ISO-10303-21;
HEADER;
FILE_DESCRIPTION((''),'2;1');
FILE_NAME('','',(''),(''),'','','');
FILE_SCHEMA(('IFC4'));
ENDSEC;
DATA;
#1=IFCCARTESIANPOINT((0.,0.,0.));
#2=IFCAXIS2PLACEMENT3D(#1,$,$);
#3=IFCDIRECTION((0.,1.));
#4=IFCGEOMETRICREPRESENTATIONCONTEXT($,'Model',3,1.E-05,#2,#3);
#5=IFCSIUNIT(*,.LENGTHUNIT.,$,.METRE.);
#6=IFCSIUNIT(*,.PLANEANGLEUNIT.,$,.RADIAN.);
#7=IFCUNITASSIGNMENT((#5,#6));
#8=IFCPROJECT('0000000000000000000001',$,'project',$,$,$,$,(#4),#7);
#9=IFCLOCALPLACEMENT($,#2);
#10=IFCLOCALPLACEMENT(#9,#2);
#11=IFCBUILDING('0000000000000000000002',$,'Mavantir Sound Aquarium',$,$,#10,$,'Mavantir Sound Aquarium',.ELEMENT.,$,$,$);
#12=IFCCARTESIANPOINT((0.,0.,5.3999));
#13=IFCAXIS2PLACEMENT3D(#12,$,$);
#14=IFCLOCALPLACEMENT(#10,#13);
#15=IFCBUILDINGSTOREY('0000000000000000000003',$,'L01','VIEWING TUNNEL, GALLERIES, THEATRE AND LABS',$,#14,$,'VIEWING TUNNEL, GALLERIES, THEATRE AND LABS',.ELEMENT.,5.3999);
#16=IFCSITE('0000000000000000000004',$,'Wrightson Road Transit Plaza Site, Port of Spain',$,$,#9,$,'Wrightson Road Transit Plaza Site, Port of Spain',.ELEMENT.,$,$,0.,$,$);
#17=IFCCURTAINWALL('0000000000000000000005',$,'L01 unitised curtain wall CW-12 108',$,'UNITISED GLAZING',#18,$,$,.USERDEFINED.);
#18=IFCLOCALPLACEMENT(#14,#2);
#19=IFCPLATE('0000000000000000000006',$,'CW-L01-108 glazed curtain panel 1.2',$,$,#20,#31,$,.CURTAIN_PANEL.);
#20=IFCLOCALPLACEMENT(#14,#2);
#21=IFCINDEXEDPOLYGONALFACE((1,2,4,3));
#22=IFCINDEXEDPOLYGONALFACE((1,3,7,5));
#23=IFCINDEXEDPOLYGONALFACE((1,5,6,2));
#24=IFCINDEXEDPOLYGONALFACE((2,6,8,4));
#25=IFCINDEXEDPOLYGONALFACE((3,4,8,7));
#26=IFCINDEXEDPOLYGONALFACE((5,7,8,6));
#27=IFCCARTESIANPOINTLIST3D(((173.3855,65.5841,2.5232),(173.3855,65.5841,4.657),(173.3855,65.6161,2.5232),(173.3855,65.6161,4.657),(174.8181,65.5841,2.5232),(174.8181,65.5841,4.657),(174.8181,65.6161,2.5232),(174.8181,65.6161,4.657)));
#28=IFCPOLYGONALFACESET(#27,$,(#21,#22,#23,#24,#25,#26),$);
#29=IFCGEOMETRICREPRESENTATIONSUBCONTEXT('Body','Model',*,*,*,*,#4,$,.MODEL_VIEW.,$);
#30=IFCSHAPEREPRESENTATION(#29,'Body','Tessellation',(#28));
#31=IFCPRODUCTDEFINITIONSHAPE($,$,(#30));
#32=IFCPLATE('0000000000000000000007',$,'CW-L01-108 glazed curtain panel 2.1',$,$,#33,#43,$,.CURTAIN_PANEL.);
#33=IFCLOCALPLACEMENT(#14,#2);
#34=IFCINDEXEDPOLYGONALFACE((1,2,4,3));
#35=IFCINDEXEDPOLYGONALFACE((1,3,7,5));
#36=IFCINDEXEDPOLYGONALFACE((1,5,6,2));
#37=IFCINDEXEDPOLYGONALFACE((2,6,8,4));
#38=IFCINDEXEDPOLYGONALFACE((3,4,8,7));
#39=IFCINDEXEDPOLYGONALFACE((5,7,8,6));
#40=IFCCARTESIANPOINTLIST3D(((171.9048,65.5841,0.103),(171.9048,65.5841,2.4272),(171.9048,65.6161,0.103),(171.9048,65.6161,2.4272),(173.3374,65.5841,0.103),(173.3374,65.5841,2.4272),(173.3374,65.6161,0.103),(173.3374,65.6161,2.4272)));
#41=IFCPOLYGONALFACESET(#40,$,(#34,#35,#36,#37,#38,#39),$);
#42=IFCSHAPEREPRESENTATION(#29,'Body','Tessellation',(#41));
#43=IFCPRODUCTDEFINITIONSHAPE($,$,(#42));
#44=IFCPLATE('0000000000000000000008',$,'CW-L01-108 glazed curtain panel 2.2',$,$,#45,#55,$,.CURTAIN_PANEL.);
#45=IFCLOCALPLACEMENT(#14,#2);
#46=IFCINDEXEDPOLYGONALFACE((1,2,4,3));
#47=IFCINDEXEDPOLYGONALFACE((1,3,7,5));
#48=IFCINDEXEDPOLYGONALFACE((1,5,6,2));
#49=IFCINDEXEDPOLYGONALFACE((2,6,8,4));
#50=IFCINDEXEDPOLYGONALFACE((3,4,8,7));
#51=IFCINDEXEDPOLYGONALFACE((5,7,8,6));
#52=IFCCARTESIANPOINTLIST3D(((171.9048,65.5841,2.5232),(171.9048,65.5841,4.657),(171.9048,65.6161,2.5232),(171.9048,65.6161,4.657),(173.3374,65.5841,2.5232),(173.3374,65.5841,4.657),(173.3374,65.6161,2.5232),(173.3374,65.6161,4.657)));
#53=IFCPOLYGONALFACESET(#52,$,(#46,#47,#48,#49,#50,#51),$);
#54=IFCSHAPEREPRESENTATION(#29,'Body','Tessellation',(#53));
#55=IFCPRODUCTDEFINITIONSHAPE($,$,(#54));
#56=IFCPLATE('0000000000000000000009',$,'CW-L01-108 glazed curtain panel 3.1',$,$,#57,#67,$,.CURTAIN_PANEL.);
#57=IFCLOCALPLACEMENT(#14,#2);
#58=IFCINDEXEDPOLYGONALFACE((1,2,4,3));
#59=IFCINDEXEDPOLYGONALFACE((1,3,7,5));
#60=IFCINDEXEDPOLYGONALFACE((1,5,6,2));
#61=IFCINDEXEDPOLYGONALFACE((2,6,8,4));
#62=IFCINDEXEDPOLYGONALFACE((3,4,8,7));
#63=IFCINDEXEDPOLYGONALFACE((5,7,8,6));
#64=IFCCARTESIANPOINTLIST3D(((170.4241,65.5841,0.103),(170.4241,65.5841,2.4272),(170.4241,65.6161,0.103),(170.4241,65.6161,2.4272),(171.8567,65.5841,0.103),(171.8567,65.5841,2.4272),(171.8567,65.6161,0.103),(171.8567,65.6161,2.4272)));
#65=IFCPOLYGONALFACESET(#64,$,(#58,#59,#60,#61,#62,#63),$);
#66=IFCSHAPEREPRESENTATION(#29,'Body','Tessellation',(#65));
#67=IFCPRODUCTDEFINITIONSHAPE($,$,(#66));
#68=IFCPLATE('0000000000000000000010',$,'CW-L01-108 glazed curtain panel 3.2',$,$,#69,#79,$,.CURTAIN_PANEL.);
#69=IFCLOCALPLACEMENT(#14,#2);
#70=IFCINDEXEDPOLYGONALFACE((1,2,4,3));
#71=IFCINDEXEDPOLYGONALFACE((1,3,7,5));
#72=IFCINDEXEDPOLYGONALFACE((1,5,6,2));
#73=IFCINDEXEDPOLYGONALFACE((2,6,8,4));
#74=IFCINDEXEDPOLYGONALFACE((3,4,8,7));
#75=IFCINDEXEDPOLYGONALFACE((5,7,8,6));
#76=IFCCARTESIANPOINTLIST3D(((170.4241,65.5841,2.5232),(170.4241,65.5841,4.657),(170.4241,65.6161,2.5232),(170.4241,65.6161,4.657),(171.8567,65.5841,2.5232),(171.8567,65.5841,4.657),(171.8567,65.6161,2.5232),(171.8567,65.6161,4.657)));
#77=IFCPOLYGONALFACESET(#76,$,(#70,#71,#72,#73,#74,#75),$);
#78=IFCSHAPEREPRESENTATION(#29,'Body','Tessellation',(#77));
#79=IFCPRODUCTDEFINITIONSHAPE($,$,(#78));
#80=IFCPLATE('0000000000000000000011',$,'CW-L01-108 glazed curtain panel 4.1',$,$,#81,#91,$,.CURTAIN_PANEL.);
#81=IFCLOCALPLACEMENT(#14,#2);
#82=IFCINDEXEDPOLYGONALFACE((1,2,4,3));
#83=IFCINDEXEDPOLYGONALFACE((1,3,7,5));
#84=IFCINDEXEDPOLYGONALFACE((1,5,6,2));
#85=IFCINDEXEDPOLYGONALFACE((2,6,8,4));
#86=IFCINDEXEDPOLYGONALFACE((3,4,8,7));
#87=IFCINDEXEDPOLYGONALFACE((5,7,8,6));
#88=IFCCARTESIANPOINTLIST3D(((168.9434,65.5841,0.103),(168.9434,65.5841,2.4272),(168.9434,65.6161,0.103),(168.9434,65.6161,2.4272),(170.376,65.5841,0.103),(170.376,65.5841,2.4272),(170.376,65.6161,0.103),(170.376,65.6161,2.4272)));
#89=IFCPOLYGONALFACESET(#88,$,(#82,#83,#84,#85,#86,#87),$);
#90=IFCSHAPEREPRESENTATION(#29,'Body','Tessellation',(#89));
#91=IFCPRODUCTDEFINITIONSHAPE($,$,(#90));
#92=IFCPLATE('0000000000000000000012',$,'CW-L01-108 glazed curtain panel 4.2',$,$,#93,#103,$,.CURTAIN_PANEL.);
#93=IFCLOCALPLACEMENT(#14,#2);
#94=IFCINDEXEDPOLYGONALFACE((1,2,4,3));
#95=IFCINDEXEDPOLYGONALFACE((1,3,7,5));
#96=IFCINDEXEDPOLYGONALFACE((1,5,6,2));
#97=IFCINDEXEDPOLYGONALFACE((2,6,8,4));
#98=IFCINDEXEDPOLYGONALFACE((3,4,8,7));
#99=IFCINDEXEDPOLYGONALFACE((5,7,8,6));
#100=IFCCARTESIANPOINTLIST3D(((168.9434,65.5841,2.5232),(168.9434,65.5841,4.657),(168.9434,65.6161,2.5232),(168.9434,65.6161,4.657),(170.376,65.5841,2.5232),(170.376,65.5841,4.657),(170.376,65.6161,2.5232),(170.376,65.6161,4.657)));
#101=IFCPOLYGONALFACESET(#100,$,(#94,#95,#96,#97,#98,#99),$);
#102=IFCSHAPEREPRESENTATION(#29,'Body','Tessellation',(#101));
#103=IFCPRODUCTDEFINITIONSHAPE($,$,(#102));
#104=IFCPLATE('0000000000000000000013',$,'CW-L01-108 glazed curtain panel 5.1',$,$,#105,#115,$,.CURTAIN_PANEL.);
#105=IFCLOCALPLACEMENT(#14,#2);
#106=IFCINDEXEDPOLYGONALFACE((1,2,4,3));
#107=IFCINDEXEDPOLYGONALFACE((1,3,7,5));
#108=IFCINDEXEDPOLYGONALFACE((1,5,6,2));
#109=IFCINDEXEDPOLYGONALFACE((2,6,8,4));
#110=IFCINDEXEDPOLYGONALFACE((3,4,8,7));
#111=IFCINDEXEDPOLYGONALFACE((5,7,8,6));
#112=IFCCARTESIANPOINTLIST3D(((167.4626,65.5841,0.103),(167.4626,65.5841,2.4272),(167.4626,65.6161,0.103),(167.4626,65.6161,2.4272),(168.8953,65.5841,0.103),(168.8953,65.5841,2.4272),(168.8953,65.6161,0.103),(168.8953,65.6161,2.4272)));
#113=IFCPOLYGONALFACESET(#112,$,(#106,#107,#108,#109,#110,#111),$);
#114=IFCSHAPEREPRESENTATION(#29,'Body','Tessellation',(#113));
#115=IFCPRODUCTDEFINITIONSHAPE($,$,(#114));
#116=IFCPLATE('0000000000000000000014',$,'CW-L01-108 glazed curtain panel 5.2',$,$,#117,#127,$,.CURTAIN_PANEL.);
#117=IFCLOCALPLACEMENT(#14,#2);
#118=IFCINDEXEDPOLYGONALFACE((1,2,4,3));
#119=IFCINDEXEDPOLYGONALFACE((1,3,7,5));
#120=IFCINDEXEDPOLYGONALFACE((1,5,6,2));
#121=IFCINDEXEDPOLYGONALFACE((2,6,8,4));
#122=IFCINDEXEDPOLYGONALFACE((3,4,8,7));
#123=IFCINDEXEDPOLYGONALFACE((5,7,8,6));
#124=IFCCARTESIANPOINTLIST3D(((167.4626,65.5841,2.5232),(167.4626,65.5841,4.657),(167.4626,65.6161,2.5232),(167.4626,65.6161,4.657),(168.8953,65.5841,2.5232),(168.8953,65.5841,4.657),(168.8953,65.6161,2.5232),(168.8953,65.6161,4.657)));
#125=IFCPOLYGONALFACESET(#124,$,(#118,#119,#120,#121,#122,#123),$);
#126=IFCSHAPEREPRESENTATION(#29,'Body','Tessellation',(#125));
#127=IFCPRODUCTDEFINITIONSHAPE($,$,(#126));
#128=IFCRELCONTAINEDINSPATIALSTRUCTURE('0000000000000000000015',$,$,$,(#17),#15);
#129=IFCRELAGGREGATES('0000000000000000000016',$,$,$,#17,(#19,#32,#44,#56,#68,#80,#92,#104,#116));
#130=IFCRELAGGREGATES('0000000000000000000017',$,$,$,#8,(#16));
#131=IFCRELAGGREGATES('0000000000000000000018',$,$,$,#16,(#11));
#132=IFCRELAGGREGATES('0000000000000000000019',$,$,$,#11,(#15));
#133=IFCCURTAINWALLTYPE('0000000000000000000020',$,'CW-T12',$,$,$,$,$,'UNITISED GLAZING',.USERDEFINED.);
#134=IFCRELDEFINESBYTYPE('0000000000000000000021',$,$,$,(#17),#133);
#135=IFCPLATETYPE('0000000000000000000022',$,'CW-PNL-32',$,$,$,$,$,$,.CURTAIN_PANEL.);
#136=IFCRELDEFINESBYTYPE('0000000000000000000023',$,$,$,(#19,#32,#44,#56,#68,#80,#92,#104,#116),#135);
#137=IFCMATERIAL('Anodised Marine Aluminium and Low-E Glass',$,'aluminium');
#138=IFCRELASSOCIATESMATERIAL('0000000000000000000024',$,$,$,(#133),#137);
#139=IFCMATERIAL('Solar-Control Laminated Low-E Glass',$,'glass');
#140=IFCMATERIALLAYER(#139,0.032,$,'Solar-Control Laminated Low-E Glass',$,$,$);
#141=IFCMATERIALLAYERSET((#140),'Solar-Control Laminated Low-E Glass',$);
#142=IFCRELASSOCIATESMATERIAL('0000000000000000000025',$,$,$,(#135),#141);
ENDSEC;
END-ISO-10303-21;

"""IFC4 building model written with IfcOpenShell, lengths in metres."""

from ifc_helpers import new_model, si_unit, direction, frame, origin, origin_2d, place, context, subcontext, project, spatial, rectangle, extrude, material, layer, layer_set, type_object, element, aggregate, save


model = new_model("IFC4")

# Units and contexts
model_context = context("Model", 3, precision=1e-05, world=origin(), true_north=direction((0.0, 1.0)))
body_context = subcontext(model_context, "Body", "Model", "MODEL_VIEW")
ifc_project = project(units=[si_unit("LENGTHUNIT", "METRE"), si_unit("PLANEANGLEUNIT", "RADIAN")], contexts=[model_context])

# Site, building, storey
site_placement = place(None, origin())
site = spatial("IfcSite", under=ifc_project, at=site_placement, Name="Wrightson Road Transit Plaza Site, Port of Spain", LongName="Wrightson Road Transit Plaza Site, Port of Spain", CompositionType="ELEMENT", RefElevation=0.0)
building_placement = place(site_placement, origin())
building = spatial("IfcBuilding", under=site, at=building_placement, Name="Mavantir Sound Aquarium", LongName="Mavantir Sound Aquarium", CompositionType="ELEMENT")
storey_placement = place(building_placement, frame((0.0, 0.0, 5.3999)))
storey = spatial("IfcBuildingStorey", under=building, at=storey_placement, Name="L01", Description="VIEWING TUNNEL, GALLERIES, THEATRE AND LABS", LongName="VIEWING TUNNEL, GALLERIES, THEATRE AND LABS", CompositionType="ELEMENT", Elevation=5.3999)

# Curtain wall, plates
ifc_material_1 = material(Name="Anodised Marine Aluminium and Low-E Glass", Category="aluminium")
curtain_wall_type = type_object("IfcCurtainWallType", Name="CW-T12", ElementType="UNITISED GLAZING", PredefinedType="USERDEFINED", material=ifc_material_1)
curtain_wall_placement = place(storey_placement, origin())
curtain_wall = element("IfcCurtainWall", 1, at=curtain_wall_placement, inside=storey, type_object=curtain_wall_type, Name="L01 unitised curtain wall CW-12 108", ObjectType="UNITISED GLAZING", PredefinedType="USERDEFINED")
ifc_material_2 = material(Name="Solar-Control Laminated Low-E Glass", Category="glass")
ifc_layer = layer(ifc_material_2, 0.032, Name="Solar-Control Laminated Low-E Glass")
ifc_layer_set = layer_set([ifc_layer], Name="Solar-Control Laminated Low-E Glass")
plate_type = type_object("IfcPlateType", Name="CW-PNL-32", PredefinedType="CURTAIN_PANEL", material=ifc_layer_set)
plate_1_placement = place(storey_placement, frame((174.1018, 65.6001, 2.5232), z_axis=(0.0, 0.0, 1.0), x_axis=(-1.0, 0.0, 0.0)))
plate_1 = element("IfcPlate", 2, at=plate_1_placement, type_object=plate_type, Name="CW-L01-108 glazed curtain panel 1.2", PredefinedType="CURTAIN_PANEL", context=body_context, shape_type="SweptSolid", body=[
    extrude(rectangle(XDim=1.4326, YDim=0.032, at=origin_2d()), origin(), (0.0, 0.0, 1.0), 2.1338),
])
plate_2_placement = place(storey_placement, frame((172.6211, 65.6001, 0.103), z_axis=(0.0, 0.0, 1.0), x_axis=(-1.0, 0.0, 0.0)))
plate_2 = element("IfcPlate", 3, at=plate_2_placement, type_object=plate_type, Name="CW-L01-108 glazed curtain panel 2.1", PredefinedType="CURTAIN_PANEL", context=body_context, shape_type="SweptSolid", body=[
    extrude(rectangle(XDim=1.4326, YDim=0.032, at=origin_2d()), origin(), (0.0, 0.0, 1.0), 2.3242),
])
plate_3_placement = place(storey_placement, frame((172.6211, 65.6001, 2.5232), z_axis=(0.0, 0.0, 1.0), x_axis=(-1.0, 0.0, 0.0)))
plate_3 = element("IfcPlate", 4, at=plate_3_placement, type_object=plate_type, Name="CW-L01-108 glazed curtain panel 2.2", PredefinedType="CURTAIN_PANEL", context=body_context, shape_type="SweptSolid", body=[
    extrude(rectangle(XDim=1.4326, YDim=0.032, at=origin_2d()), origin(), (0.0, 0.0, 1.0), 2.1338),
])
plate_4_placement = place(storey_placement, frame((171.1404, 65.6001, 0.103), z_axis=(0.0, 0.0, 1.0), x_axis=(-1.0, 0.0, 0.0)))
plate_4 = element("IfcPlate", 5, at=plate_4_placement, type_object=plate_type, Name="CW-L01-108 glazed curtain panel 3.1", PredefinedType="CURTAIN_PANEL", context=body_context, shape_type="SweptSolid", body=[
    extrude(rectangle(XDim=1.4326, YDim=0.032, at=origin_2d()), origin(), (0.0, 0.0, 1.0), 2.3242),
])
plate_5_placement = place(storey_placement, frame((171.1404, 65.6001, 2.5232), z_axis=(0.0, 0.0, 1.0), x_axis=(-1.0, 0.0, 0.0)))
plate_5 = element("IfcPlate", 6, at=plate_5_placement, type_object=plate_type, Name="CW-L01-108 glazed curtain panel 3.2", PredefinedType="CURTAIN_PANEL", context=body_context, shape_type="SweptSolid", body=[
    extrude(rectangle(XDim=1.4326, YDim=0.032, at=origin_2d()), origin(), (0.0, 0.0, 1.0), 2.1338),
])
plate_6_placement = place(storey_placement, frame((169.6597, 65.6001, 0.103), z_axis=(0.0, 0.0, 1.0), x_axis=(-1.0, 0.0, 0.0)))
plate_6 = element("IfcPlate", 7, at=plate_6_placement, type_object=plate_type, Name="CW-L01-108 glazed curtain panel 4.1", PredefinedType="CURTAIN_PANEL", context=body_context, shape_type="SweptSolid", body=[
    extrude(rectangle(XDim=1.4326, YDim=0.032, at=origin_2d()), origin(), (0.0, 0.0, 1.0), 2.3242),
])
plate_7_placement = place(storey_placement, frame((169.6597, 65.6001, 2.5232), z_axis=(0.0, 0.0, 1.0), x_axis=(-1.0, 0.0, 0.0)))
plate_7 = element("IfcPlate", 8, at=plate_7_placement, type_object=plate_type, Name="CW-L01-108 glazed curtain panel 4.2", PredefinedType="CURTAIN_PANEL", context=body_context, shape_type="SweptSolid", body=[
    extrude(rectangle(XDim=1.4326, YDim=0.032, at=origin_2d()), origin(), (0.0, 0.0, 1.0), 2.1338),
])
plate_8_placement = place(storey_placement, frame((168.179, 65.6001, 0.103), z_axis=(0.0, 0.0, 1.0), x_axis=(-1.0, 0.0, 0.0)))
plate_8 = element("IfcPlate", 9, at=plate_8_placement, type_object=plate_type, Name="CW-L01-108 glazed curtain panel 5.1", PredefinedType="CURTAIN_PANEL", context=body_context, shape_type="SweptSolid", body=[
    extrude(rectangle(XDim=1.4326, YDim=0.032, at=origin_2d()), origin(), (0.0, 0.0, 1.0), 2.3242),
])
plate_9_placement = place(storey_placement, frame((168.179, 65.6001, 2.5232), z_axis=(0.0, 0.0, 1.0), x_axis=(-1.0, 0.0, 0.0)))
plate_9 = element("IfcPlate", 10, at=plate_9_placement, type_object=plate_type, Name="CW-L01-108 glazed curtain panel 5.2", PredefinedType="CURTAIN_PANEL", context=body_context, shape_type="SweptSolid", body=[
    extrude(rectangle(XDim=1.4326, YDim=0.032, at=origin_2d()), origin(), (0.0, 0.0, 1.0), 2.1338),
])
aggregate(curtain_wall, [plate_1, plate_2, plate_3, plate_4, plate_5, plate_6, plate_7, plate_8, plate_9])

save(model, "model.ifc")
